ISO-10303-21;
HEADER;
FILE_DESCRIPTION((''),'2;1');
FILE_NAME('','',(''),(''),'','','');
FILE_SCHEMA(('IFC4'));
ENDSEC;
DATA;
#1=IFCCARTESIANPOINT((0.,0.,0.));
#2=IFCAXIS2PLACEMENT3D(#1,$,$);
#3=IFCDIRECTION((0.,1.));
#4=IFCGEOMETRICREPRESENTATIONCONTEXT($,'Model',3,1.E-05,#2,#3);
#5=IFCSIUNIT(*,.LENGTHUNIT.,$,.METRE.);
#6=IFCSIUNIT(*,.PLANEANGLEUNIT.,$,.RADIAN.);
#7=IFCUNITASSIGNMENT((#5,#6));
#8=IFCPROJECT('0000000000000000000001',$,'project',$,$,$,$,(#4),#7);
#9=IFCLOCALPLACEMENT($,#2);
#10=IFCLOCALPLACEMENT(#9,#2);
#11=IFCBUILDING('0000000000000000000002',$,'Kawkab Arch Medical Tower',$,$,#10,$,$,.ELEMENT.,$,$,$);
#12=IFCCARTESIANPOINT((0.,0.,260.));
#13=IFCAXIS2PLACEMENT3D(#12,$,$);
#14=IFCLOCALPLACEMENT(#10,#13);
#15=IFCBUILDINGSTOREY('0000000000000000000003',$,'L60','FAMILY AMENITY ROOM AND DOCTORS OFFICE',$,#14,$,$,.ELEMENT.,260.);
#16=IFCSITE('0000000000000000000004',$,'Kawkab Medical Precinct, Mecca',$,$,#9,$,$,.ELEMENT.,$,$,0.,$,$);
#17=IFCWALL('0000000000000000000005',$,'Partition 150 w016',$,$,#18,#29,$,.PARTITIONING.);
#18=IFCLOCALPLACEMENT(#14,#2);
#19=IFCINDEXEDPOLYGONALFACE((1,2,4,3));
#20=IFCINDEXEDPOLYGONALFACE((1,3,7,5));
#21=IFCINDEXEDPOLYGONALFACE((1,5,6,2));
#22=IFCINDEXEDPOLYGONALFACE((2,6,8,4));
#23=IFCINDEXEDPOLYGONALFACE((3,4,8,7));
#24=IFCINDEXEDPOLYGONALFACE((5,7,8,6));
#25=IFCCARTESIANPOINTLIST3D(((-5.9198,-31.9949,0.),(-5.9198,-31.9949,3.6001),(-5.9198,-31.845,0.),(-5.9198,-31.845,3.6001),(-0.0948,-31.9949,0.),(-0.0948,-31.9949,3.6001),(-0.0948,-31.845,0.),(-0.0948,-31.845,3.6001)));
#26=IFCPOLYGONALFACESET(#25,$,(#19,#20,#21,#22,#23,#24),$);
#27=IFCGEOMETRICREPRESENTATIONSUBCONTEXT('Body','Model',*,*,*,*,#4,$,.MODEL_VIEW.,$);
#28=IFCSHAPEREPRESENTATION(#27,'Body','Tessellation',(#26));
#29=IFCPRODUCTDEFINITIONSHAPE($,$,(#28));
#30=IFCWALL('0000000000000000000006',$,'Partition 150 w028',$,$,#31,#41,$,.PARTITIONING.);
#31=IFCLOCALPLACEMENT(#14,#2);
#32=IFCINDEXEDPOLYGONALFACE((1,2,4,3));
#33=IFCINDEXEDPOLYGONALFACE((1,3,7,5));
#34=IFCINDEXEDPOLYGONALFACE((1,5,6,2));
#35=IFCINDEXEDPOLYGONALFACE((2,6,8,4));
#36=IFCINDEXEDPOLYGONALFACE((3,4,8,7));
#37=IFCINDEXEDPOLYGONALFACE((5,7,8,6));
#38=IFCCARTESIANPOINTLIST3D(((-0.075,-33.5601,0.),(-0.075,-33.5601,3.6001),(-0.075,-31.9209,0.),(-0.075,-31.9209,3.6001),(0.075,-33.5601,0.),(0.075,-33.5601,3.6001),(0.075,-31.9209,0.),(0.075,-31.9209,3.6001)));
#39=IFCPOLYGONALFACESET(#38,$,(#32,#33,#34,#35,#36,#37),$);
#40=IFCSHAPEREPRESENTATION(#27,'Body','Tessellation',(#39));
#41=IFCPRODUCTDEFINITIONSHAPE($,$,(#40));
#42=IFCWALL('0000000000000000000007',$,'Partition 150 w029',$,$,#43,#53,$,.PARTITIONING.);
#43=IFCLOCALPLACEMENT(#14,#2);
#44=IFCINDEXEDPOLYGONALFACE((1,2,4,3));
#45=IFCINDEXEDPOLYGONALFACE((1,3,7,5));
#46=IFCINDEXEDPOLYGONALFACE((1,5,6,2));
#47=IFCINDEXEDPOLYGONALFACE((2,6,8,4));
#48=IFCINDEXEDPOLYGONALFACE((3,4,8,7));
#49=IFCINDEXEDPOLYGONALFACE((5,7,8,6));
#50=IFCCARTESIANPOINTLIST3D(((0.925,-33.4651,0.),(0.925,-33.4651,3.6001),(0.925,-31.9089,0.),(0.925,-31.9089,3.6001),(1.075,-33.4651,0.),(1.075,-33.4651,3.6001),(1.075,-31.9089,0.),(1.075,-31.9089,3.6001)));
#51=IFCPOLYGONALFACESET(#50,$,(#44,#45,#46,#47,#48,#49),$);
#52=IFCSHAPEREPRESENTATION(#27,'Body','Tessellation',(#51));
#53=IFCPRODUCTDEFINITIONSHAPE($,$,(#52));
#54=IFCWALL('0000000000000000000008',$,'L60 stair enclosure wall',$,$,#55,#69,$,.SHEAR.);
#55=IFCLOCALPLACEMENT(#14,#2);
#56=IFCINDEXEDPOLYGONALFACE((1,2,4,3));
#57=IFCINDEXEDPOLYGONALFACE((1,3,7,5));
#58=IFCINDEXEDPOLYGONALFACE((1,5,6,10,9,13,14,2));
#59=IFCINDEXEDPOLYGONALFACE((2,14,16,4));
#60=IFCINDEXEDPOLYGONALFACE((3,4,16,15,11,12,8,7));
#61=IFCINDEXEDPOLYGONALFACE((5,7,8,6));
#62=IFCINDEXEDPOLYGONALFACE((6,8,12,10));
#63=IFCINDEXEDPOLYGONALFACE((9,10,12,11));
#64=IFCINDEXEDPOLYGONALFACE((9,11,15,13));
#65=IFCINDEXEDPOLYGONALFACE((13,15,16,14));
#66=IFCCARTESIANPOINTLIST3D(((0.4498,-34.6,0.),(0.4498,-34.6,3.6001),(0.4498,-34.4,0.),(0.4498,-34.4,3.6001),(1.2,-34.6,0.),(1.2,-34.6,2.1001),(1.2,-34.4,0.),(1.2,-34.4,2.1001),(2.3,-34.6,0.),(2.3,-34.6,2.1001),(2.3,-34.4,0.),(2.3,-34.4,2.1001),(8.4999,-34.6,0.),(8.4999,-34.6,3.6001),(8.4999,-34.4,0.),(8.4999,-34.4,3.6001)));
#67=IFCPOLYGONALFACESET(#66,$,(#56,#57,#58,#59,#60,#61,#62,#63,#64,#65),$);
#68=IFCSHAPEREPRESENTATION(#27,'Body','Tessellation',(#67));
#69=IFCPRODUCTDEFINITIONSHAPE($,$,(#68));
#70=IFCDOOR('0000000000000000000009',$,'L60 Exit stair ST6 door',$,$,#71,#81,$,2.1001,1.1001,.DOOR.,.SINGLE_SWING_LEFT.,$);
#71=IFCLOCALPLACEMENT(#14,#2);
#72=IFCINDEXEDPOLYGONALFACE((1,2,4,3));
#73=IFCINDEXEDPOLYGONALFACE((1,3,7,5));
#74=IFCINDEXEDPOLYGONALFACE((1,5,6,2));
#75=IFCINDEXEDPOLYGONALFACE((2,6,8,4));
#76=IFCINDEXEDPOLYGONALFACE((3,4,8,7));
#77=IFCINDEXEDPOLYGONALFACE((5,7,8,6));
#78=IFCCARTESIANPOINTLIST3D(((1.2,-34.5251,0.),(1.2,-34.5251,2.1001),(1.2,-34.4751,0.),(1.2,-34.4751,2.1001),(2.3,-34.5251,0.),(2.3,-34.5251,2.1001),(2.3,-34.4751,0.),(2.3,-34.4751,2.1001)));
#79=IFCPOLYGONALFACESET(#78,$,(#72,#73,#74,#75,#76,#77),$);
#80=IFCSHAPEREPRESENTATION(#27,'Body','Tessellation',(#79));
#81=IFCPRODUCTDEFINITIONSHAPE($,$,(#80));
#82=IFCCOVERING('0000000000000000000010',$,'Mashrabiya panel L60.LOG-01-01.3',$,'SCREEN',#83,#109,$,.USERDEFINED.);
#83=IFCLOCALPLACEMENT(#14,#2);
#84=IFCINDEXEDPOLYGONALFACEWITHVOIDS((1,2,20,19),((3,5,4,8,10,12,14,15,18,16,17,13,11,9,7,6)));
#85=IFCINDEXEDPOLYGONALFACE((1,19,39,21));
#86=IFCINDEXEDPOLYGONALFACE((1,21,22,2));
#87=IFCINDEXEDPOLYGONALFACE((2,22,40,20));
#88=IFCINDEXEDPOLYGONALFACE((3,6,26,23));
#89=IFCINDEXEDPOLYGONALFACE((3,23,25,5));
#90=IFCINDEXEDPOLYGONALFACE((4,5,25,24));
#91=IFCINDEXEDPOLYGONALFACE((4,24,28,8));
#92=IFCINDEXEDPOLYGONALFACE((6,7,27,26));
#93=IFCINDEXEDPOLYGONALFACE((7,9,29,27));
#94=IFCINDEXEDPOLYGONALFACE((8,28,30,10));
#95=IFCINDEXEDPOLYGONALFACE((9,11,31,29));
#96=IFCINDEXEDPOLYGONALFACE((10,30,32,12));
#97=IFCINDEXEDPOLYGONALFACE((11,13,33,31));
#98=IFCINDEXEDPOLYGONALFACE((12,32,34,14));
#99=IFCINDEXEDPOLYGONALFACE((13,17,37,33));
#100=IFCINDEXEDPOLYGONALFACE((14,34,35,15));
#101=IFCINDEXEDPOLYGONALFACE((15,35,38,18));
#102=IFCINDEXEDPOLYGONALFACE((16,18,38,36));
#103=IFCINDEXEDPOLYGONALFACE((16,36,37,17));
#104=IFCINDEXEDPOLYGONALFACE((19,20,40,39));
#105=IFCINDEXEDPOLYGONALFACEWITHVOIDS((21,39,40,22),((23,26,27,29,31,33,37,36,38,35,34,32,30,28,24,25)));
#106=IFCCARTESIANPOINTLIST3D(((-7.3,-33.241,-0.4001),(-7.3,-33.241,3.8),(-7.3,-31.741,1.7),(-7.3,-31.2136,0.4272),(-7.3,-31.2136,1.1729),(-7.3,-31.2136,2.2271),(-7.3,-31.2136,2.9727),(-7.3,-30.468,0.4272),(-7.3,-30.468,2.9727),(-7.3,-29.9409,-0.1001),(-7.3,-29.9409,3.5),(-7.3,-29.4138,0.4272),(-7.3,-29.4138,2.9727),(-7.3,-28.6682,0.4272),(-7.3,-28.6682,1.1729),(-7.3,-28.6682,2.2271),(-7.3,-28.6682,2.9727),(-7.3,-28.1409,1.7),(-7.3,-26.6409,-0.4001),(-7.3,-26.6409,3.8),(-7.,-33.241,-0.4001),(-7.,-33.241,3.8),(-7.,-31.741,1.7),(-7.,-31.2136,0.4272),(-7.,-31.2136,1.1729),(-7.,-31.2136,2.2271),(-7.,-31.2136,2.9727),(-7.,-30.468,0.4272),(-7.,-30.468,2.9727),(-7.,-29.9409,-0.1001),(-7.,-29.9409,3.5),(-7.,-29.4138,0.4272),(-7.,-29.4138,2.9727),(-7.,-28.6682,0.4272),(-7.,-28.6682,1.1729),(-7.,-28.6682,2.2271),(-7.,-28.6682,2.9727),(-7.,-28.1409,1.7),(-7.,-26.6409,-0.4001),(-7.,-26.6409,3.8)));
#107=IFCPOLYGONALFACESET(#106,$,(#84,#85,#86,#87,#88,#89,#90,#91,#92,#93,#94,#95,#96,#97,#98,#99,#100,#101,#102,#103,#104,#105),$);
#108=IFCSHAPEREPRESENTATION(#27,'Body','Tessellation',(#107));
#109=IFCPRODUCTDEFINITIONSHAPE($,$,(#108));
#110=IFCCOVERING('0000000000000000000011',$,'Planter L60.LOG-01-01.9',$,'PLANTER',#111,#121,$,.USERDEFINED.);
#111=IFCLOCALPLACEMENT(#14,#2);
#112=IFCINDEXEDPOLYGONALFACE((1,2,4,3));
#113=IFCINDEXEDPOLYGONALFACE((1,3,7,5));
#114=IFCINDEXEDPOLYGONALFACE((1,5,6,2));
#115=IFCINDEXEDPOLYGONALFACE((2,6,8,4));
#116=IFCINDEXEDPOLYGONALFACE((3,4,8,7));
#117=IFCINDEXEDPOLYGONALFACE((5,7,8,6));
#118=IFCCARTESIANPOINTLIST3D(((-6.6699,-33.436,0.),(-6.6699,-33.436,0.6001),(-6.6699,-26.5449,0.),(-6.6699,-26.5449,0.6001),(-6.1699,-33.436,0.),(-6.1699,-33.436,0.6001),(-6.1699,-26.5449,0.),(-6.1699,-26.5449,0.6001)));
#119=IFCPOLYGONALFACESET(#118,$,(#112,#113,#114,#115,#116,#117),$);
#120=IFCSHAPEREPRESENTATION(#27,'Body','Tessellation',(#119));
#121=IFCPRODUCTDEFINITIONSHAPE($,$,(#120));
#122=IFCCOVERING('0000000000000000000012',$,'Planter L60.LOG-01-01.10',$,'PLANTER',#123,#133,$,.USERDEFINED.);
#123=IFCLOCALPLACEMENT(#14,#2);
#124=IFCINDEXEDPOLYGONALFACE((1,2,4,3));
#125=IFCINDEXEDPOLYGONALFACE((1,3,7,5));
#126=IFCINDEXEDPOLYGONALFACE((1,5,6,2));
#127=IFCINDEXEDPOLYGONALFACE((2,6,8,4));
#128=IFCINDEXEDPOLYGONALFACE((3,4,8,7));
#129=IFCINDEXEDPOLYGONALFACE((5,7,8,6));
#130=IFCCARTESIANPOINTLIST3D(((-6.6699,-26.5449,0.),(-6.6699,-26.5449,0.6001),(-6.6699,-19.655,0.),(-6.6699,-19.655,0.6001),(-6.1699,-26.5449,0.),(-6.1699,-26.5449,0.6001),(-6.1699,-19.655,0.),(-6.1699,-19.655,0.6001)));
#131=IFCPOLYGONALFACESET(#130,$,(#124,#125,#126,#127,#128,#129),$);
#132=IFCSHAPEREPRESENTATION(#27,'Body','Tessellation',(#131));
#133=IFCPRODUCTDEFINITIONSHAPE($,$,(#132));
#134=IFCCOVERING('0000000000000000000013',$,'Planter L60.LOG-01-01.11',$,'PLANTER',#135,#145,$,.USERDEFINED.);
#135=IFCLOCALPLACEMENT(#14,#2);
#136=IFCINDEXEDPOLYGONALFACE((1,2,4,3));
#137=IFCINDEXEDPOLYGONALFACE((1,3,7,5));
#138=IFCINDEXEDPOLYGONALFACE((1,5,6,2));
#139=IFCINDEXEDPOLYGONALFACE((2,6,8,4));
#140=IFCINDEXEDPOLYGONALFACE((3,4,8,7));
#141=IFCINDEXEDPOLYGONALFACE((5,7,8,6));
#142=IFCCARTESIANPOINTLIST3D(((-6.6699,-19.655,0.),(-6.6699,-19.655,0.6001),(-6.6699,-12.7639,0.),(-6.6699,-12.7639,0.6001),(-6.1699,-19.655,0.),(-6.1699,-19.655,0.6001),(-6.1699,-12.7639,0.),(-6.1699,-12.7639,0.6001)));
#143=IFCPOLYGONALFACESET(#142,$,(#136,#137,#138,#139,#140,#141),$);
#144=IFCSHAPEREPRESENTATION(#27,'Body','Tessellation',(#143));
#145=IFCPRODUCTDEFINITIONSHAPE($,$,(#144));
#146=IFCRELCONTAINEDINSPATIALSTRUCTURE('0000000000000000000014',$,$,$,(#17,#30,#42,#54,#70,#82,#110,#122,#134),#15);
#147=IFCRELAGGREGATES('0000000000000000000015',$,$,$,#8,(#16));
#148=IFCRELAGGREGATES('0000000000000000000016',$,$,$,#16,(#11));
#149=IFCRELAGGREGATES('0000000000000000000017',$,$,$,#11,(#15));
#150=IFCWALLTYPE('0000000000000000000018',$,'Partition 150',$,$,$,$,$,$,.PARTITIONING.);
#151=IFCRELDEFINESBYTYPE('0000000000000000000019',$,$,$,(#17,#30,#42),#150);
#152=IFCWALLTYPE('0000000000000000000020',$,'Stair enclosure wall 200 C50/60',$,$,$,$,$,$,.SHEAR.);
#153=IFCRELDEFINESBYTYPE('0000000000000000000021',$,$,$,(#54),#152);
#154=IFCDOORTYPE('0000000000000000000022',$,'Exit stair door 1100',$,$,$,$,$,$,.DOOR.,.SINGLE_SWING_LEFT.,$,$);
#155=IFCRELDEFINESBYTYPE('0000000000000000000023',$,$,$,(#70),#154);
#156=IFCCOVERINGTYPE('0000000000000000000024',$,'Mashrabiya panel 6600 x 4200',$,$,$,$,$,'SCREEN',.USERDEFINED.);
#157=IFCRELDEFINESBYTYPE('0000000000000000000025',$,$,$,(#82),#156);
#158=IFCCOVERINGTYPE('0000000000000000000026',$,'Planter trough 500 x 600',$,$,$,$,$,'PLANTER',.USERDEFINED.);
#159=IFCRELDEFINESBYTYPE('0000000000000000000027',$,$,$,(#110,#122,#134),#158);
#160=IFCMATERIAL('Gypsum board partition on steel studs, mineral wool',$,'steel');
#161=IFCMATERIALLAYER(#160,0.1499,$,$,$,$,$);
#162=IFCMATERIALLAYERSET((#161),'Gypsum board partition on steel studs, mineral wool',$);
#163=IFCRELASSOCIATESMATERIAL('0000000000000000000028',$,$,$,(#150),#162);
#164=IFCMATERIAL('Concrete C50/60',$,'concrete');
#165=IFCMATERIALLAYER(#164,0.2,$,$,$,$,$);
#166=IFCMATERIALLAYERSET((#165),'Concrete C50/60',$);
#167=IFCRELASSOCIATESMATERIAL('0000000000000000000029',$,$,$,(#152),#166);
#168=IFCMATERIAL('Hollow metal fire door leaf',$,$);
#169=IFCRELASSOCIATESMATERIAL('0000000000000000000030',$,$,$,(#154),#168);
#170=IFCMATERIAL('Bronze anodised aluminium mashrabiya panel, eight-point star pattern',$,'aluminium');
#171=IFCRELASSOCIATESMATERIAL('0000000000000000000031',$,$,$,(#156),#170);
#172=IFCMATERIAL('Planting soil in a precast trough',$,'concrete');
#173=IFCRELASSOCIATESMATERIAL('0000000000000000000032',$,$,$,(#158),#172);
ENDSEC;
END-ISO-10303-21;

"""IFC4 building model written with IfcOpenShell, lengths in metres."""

from ifc_helpers import new_model, si_unit, direction, frame, frame_2d, origin, origin_2d, place, context, subcontext, project, spatial, polyline, rectangle, outline, extrude, material, layer, layer_set, material_profile, profile_set, type_object, element, fill, save


model = new_model("IFC4")

# Units and contexts
model_context = context("Model", 3, precision=1e-05, world=origin(), true_north=direction((0.0, 1.0)))
body_context = subcontext(model_context, "Body", "Model", "MODEL_VIEW")
ifc_project = project(units=[si_unit("LENGTHUNIT", "METRE"), si_unit("PLANEANGLEUNIT", "RADIAN")], contexts=[model_context])

# Site, building, storey
site_placement = place(None, origin())
site = spatial("IfcSite", under=ifc_project, at=site_placement, Name="Kawkab Medical Precinct, Mecca", CompositionType="ELEMENT", RefElevation=0.0)
building_placement = place(site_placement, origin())
building = spatial("IfcBuilding", under=site, at=building_placement, Name="Kawkab Arch Medical Tower", CompositionType="ELEMENT")
storey_placement = place(building_placement, frame((0.0, 0.0, 260.0)))
storey = spatial("IfcBuildingStorey", under=building, at=storey_placement, Name="L60", Description="FAMILY AMENITY ROOM AND DOCTORS OFFICE", CompositionType="ELEMENT", Elevation=260.0)

# Walls
ifc_material_1 = material(Name="Gypsum board partition on steel studs, mineral wool", Category="steel")
ifc_layer_1 = layer(ifc_material_1, 0.1499)
ifc_layer_set_1 = layer_set([ifc_layer_1], Name="Gypsum board partition on steel studs, mineral wool")
wall_type_1 = type_object("IfcWallType", Name="Partition 150", PredefinedType="PARTITIONING", material=ifc_layer_set_1)
wall_1_placement = place(storey_placement, frame((-5.9199, -31.9199, 0.0), z_axis=(0.0, 0.0, 1.0), x_axis=(1.0, 0.0, 0.0)))
element("IfcWall", 1, at=wall_1_placement, inside=storey, type_object=wall_type_1, Name="Partition 150 w016", PredefinedType="PARTITIONING", context=body_context, shape_type="SweptSolid", body=[
    extrude(rectangle(XDim=5.825, YDim=0.1499, at=frame_2d((2.9126, 0.0))), origin(), (0.0, 0.0, 1.0), 3.6001),
])
wall_2_placement = place(storey_placement, frame((0.0, -33.5601, 0.0), z_axis=(0.0, 0.0, 1.0), x_axis=(0.0, 1.0, 0.0)))
element("IfcWall", 2, at=wall_2_placement, inside=storey, type_object=wall_type_1, Name="Partition 150 w028", PredefinedType="PARTITIONING", context=body_context, shape_type="SweptSolid", body=[
    extrude(rectangle(XDim=1.6392, YDim=0.1499, at=frame_2d((0.8196, 0.0))), origin(), (0.0, 0.0, 1.0), 3.6001),
])
wall_3_placement = place(storey_placement, frame((1.0, -33.4651, 0.0), z_axis=(0.0, 0.0, 1.0), x_axis=(0.0, 1.0, 0.0)))
element("IfcWall", 3, at=wall_3_placement, inside=storey, type_object=wall_type_1, Name="Partition 150 w029", PredefinedType="PARTITIONING", context=body_context, shape_type="SweptSolid", body=[
    extrude(rectangle(XDim=1.5562, YDim=0.1499, at=frame_2d((0.7781, 0.0))), origin(), (0.0, 0.0, 1.0), 3.6001),
])

# Wall, opening, door
ifc_material_2 = material(Name="Concrete C50/60", Category="concrete")
ifc_layer_2 = layer(ifc_material_2, 0.2)
ifc_layer_set_2 = layer_set([ifc_layer_2], Name="Concrete C50/60")
wall_type_2 = type_object("IfcWallType", Name="Stair enclosure wall 200 C50/60", PredefinedType="SHEAR", material=ifc_layer_set_2)
wall_4_placement = place(storey_placement, frame((0.45, -34.5, 0.0), z_axis=(0.0, 0.0, 1.0), x_axis=(1.0, 0.0, 0.0)))
wall_4 = element("IfcWall", 4, at=wall_4_placement, inside=storey, type_object=wall_type_2, Name="L60 stair enclosure wall", PredefinedType="SHEAR", context=body_context, shape_type="SweptSolid", body=[
    extrude(rectangle(XDim=8.05, YDim=0.2, at=frame_2d((4.0249, 0.0))), origin(), (0.0, 0.0, 1.0), 3.6001),
])
opening_placement = place(wall_4_placement, frame((0.75, 0.0, 0.0)))
opening = element("IfcOpeningElement", 5, at=opening_placement, cuts=wall_4, PredefinedType="OPENING", context=body_context, shape_type="SweptSolid", body=[
    extrude(rectangle(XDim=1.1001, YDim=2.1001, at=frame_2d((0.55, 1.05))), frame((0.0, 0.1099, 0.0), z_axis=(0.0, -1.0, 0.0), x_axis=(1.0, 0.0, 0.0)), (0.0, 0.0, 1.0), 0.22),
])
ifc_material_3 = material(Name="Hollow metal fire door leaf")
door_type = type_object("IfcDoorType", Name="Exit stair door 1100", OperationType="SINGLE_SWING_LEFT", PredefinedType="DOOR", material=ifc_material_3)
door_placement = place(opening_placement, origin())
door = element("IfcDoor", 6, at=door_placement, inside=storey, type_object=door_type, Name="L60 Exit stair ST6 door", OperationType="SINGLE_SWING_LEFT", OverallHeight=2.1001, OverallWidth=1.1001, PredefinedType="DOOR", context=body_context, shape_type="SweptSolid", body=[
    extrude(rectangle(XDim=1.1001, YDim=2.1001, at=frame_2d((0.55, 1.05))), frame((0.0, 0.0249, 0.0), z_axis=(0.0, -1.0, 0.0), x_axis=(1.0, 0.0, 0.0)), (0.0, 0.0, 1.0), 0.05),
])
fill(opening, door)

# Coverings
ifc_material_4 = material(Name="Bronze anodised aluminium mashrabiya panel, eight-point star pattern", Category="aluminium")
ifc_material_profile_1 = material_profile(ifc_material_4, outline(polyline([(-3.3, -2.1001), (3.3, -2.1001), (3.3, 2.1001), (-3.3, 2.1001), (-3.3, -2.1001)]), holes=[polyline([(1.8, 0.0), (1.2727, 0.5271), (1.2727, 1.2727), (0.5271, 1.2727), (0.0, 1.8), (-0.5271, 1.2727), (-1.2727, 1.2727), (-1.2727, 0.5271), (-1.8, 0.0), (-1.2727, -0.5271), (-1.2727, -1.2727), (-0.5271, -1.2727), (0.0, -1.8), (0.5271, -1.2727), (1.2727, -1.2727), (1.2727, -0.5271), (1.8, 0.0)])]), Name="Mashrabiya panel 6600x4200")
ifc_profile_set_1 = profile_set([ifc_material_profile_1], Name="Bronze anodised aluminium mashrabiya panel, eight-point star pattern")
covering_type_1 = type_object("IfcCoveringType", Name="Mashrabiya panel 6600 x 4200", ElementType="SCREEN", PredefinedType="USERDEFINED", material=ifc_profile_set_1)
covering_1_placement = place(storey_placement, frame((-7.0, -29.9409, 1.7), z_axis=(-1.0, 0.0, 0.0), x_axis=(0.0, -1.0, 0.0)))
element("IfcCovering", 7, at=covering_1_placement, inside=storey, type_object=covering_type_1, Name="Mashrabiya panel L60.LOG-01-01.3", ObjectType="SCREEN", PredefinedType="USERDEFINED", context=body_context, shape_type="SweptSolid", body=[
    extrude(outline(polyline([(-3.3, -2.1001), (3.3, -2.1001), (3.3, 2.1001), (-3.3, 2.1001), (-3.3, -2.1001)]), holes=[polyline([(1.8, 0.0), (1.2727, 0.5271), (1.2727, 1.2727), (0.5271, 1.2727), (0.0, 1.8), (-0.5271, 1.2727), (-1.2727, 1.2727), (-1.2727, 0.5271), (-1.8, 0.0), (-1.2727, -0.5271), (-1.2727, -1.2727), (-0.5271, -1.2727), (0.0, -1.8), (0.5271, -1.2727), (1.2727, -1.2727), (1.2727, -0.5271), (1.8, 0.0)])]), origin(), (0.0, 0.0, 1.0), 0.3),
])
ifc_material_5 = material(Name="Planting soil in a precast trough", Category="concrete")
ifc_material_profile_2 = material_profile(ifc_material_5, rectangle(XDim=0.5, YDim=0.6001, at=origin_2d()), Name="Trough 500x600")
ifc_profile_set_2 = profile_set([ifc_material_profile_2], Name="Planting soil in a precast trough")
covering_type_2 = type_object("IfcCoveringType", Name="Planter trough 500 x 600", ElementType="PLANTER", PredefinedType="USERDEFINED", material=ifc_profile_set_2)
covering_2_placement = place(storey_placement, frame((-6.4199, -33.436, 0.3), z_axis=(0.0, 1.0, 0.0), x_axis=(-1.0, 0.0, 0.0)))
element("IfcCovering", 8, at=covering_2_placement, inside=storey, type_object=covering_type_2, Name="Planter L60.LOG-01-01.9", ObjectType="PLANTER", PredefinedType="USERDEFINED", context=body_context, shape_type="SweptSolid", body=[
    extrude(rectangle(XDim=0.5, YDim=0.6001, at=origin_2d()), origin(), (0.0, 0.0, 1.0), 6.8911),
])
covering_3_placement = place(storey_placement, frame((-6.4199, -26.5449, 0.3), z_axis=(0.0, 1.0, 0.0), x_axis=(-1.0, 0.0, 0.0)))
element("IfcCovering", 9, at=covering_3_placement, inside=storey, type_object=covering_type_2, Name="Planter L60.LOG-01-01.10", ObjectType="PLANTER", PredefinedType="USERDEFINED", context=body_context, shape_type="SweptSolid", body=[
    extrude(rectangle(XDim=0.5, YDim=0.6001, at=origin_2d()), origin(), (0.0, 0.0, 1.0), 6.8899),
])
covering_4_placement = place(storey_placement, frame((-6.4199, -19.655, 0.3), z_axis=(0.0, 1.0, 0.0), x_axis=(-1.0, 0.0, 0.0)))
element("IfcCovering", 10, at=covering_4_placement, inside=storey, type_object=covering_type_2, Name="Planter L60.LOG-01-01.11", ObjectType="PLANTER", PredefinedType="USERDEFINED", context=body_context, shape_type="SweptSolid", body=[
    extrude(rectangle(XDim=0.5, YDim=0.6001, at=origin_2d()), origin(), (0.0, 0.0, 1.0), 6.8911),
])

save(model, "model.ifc")
